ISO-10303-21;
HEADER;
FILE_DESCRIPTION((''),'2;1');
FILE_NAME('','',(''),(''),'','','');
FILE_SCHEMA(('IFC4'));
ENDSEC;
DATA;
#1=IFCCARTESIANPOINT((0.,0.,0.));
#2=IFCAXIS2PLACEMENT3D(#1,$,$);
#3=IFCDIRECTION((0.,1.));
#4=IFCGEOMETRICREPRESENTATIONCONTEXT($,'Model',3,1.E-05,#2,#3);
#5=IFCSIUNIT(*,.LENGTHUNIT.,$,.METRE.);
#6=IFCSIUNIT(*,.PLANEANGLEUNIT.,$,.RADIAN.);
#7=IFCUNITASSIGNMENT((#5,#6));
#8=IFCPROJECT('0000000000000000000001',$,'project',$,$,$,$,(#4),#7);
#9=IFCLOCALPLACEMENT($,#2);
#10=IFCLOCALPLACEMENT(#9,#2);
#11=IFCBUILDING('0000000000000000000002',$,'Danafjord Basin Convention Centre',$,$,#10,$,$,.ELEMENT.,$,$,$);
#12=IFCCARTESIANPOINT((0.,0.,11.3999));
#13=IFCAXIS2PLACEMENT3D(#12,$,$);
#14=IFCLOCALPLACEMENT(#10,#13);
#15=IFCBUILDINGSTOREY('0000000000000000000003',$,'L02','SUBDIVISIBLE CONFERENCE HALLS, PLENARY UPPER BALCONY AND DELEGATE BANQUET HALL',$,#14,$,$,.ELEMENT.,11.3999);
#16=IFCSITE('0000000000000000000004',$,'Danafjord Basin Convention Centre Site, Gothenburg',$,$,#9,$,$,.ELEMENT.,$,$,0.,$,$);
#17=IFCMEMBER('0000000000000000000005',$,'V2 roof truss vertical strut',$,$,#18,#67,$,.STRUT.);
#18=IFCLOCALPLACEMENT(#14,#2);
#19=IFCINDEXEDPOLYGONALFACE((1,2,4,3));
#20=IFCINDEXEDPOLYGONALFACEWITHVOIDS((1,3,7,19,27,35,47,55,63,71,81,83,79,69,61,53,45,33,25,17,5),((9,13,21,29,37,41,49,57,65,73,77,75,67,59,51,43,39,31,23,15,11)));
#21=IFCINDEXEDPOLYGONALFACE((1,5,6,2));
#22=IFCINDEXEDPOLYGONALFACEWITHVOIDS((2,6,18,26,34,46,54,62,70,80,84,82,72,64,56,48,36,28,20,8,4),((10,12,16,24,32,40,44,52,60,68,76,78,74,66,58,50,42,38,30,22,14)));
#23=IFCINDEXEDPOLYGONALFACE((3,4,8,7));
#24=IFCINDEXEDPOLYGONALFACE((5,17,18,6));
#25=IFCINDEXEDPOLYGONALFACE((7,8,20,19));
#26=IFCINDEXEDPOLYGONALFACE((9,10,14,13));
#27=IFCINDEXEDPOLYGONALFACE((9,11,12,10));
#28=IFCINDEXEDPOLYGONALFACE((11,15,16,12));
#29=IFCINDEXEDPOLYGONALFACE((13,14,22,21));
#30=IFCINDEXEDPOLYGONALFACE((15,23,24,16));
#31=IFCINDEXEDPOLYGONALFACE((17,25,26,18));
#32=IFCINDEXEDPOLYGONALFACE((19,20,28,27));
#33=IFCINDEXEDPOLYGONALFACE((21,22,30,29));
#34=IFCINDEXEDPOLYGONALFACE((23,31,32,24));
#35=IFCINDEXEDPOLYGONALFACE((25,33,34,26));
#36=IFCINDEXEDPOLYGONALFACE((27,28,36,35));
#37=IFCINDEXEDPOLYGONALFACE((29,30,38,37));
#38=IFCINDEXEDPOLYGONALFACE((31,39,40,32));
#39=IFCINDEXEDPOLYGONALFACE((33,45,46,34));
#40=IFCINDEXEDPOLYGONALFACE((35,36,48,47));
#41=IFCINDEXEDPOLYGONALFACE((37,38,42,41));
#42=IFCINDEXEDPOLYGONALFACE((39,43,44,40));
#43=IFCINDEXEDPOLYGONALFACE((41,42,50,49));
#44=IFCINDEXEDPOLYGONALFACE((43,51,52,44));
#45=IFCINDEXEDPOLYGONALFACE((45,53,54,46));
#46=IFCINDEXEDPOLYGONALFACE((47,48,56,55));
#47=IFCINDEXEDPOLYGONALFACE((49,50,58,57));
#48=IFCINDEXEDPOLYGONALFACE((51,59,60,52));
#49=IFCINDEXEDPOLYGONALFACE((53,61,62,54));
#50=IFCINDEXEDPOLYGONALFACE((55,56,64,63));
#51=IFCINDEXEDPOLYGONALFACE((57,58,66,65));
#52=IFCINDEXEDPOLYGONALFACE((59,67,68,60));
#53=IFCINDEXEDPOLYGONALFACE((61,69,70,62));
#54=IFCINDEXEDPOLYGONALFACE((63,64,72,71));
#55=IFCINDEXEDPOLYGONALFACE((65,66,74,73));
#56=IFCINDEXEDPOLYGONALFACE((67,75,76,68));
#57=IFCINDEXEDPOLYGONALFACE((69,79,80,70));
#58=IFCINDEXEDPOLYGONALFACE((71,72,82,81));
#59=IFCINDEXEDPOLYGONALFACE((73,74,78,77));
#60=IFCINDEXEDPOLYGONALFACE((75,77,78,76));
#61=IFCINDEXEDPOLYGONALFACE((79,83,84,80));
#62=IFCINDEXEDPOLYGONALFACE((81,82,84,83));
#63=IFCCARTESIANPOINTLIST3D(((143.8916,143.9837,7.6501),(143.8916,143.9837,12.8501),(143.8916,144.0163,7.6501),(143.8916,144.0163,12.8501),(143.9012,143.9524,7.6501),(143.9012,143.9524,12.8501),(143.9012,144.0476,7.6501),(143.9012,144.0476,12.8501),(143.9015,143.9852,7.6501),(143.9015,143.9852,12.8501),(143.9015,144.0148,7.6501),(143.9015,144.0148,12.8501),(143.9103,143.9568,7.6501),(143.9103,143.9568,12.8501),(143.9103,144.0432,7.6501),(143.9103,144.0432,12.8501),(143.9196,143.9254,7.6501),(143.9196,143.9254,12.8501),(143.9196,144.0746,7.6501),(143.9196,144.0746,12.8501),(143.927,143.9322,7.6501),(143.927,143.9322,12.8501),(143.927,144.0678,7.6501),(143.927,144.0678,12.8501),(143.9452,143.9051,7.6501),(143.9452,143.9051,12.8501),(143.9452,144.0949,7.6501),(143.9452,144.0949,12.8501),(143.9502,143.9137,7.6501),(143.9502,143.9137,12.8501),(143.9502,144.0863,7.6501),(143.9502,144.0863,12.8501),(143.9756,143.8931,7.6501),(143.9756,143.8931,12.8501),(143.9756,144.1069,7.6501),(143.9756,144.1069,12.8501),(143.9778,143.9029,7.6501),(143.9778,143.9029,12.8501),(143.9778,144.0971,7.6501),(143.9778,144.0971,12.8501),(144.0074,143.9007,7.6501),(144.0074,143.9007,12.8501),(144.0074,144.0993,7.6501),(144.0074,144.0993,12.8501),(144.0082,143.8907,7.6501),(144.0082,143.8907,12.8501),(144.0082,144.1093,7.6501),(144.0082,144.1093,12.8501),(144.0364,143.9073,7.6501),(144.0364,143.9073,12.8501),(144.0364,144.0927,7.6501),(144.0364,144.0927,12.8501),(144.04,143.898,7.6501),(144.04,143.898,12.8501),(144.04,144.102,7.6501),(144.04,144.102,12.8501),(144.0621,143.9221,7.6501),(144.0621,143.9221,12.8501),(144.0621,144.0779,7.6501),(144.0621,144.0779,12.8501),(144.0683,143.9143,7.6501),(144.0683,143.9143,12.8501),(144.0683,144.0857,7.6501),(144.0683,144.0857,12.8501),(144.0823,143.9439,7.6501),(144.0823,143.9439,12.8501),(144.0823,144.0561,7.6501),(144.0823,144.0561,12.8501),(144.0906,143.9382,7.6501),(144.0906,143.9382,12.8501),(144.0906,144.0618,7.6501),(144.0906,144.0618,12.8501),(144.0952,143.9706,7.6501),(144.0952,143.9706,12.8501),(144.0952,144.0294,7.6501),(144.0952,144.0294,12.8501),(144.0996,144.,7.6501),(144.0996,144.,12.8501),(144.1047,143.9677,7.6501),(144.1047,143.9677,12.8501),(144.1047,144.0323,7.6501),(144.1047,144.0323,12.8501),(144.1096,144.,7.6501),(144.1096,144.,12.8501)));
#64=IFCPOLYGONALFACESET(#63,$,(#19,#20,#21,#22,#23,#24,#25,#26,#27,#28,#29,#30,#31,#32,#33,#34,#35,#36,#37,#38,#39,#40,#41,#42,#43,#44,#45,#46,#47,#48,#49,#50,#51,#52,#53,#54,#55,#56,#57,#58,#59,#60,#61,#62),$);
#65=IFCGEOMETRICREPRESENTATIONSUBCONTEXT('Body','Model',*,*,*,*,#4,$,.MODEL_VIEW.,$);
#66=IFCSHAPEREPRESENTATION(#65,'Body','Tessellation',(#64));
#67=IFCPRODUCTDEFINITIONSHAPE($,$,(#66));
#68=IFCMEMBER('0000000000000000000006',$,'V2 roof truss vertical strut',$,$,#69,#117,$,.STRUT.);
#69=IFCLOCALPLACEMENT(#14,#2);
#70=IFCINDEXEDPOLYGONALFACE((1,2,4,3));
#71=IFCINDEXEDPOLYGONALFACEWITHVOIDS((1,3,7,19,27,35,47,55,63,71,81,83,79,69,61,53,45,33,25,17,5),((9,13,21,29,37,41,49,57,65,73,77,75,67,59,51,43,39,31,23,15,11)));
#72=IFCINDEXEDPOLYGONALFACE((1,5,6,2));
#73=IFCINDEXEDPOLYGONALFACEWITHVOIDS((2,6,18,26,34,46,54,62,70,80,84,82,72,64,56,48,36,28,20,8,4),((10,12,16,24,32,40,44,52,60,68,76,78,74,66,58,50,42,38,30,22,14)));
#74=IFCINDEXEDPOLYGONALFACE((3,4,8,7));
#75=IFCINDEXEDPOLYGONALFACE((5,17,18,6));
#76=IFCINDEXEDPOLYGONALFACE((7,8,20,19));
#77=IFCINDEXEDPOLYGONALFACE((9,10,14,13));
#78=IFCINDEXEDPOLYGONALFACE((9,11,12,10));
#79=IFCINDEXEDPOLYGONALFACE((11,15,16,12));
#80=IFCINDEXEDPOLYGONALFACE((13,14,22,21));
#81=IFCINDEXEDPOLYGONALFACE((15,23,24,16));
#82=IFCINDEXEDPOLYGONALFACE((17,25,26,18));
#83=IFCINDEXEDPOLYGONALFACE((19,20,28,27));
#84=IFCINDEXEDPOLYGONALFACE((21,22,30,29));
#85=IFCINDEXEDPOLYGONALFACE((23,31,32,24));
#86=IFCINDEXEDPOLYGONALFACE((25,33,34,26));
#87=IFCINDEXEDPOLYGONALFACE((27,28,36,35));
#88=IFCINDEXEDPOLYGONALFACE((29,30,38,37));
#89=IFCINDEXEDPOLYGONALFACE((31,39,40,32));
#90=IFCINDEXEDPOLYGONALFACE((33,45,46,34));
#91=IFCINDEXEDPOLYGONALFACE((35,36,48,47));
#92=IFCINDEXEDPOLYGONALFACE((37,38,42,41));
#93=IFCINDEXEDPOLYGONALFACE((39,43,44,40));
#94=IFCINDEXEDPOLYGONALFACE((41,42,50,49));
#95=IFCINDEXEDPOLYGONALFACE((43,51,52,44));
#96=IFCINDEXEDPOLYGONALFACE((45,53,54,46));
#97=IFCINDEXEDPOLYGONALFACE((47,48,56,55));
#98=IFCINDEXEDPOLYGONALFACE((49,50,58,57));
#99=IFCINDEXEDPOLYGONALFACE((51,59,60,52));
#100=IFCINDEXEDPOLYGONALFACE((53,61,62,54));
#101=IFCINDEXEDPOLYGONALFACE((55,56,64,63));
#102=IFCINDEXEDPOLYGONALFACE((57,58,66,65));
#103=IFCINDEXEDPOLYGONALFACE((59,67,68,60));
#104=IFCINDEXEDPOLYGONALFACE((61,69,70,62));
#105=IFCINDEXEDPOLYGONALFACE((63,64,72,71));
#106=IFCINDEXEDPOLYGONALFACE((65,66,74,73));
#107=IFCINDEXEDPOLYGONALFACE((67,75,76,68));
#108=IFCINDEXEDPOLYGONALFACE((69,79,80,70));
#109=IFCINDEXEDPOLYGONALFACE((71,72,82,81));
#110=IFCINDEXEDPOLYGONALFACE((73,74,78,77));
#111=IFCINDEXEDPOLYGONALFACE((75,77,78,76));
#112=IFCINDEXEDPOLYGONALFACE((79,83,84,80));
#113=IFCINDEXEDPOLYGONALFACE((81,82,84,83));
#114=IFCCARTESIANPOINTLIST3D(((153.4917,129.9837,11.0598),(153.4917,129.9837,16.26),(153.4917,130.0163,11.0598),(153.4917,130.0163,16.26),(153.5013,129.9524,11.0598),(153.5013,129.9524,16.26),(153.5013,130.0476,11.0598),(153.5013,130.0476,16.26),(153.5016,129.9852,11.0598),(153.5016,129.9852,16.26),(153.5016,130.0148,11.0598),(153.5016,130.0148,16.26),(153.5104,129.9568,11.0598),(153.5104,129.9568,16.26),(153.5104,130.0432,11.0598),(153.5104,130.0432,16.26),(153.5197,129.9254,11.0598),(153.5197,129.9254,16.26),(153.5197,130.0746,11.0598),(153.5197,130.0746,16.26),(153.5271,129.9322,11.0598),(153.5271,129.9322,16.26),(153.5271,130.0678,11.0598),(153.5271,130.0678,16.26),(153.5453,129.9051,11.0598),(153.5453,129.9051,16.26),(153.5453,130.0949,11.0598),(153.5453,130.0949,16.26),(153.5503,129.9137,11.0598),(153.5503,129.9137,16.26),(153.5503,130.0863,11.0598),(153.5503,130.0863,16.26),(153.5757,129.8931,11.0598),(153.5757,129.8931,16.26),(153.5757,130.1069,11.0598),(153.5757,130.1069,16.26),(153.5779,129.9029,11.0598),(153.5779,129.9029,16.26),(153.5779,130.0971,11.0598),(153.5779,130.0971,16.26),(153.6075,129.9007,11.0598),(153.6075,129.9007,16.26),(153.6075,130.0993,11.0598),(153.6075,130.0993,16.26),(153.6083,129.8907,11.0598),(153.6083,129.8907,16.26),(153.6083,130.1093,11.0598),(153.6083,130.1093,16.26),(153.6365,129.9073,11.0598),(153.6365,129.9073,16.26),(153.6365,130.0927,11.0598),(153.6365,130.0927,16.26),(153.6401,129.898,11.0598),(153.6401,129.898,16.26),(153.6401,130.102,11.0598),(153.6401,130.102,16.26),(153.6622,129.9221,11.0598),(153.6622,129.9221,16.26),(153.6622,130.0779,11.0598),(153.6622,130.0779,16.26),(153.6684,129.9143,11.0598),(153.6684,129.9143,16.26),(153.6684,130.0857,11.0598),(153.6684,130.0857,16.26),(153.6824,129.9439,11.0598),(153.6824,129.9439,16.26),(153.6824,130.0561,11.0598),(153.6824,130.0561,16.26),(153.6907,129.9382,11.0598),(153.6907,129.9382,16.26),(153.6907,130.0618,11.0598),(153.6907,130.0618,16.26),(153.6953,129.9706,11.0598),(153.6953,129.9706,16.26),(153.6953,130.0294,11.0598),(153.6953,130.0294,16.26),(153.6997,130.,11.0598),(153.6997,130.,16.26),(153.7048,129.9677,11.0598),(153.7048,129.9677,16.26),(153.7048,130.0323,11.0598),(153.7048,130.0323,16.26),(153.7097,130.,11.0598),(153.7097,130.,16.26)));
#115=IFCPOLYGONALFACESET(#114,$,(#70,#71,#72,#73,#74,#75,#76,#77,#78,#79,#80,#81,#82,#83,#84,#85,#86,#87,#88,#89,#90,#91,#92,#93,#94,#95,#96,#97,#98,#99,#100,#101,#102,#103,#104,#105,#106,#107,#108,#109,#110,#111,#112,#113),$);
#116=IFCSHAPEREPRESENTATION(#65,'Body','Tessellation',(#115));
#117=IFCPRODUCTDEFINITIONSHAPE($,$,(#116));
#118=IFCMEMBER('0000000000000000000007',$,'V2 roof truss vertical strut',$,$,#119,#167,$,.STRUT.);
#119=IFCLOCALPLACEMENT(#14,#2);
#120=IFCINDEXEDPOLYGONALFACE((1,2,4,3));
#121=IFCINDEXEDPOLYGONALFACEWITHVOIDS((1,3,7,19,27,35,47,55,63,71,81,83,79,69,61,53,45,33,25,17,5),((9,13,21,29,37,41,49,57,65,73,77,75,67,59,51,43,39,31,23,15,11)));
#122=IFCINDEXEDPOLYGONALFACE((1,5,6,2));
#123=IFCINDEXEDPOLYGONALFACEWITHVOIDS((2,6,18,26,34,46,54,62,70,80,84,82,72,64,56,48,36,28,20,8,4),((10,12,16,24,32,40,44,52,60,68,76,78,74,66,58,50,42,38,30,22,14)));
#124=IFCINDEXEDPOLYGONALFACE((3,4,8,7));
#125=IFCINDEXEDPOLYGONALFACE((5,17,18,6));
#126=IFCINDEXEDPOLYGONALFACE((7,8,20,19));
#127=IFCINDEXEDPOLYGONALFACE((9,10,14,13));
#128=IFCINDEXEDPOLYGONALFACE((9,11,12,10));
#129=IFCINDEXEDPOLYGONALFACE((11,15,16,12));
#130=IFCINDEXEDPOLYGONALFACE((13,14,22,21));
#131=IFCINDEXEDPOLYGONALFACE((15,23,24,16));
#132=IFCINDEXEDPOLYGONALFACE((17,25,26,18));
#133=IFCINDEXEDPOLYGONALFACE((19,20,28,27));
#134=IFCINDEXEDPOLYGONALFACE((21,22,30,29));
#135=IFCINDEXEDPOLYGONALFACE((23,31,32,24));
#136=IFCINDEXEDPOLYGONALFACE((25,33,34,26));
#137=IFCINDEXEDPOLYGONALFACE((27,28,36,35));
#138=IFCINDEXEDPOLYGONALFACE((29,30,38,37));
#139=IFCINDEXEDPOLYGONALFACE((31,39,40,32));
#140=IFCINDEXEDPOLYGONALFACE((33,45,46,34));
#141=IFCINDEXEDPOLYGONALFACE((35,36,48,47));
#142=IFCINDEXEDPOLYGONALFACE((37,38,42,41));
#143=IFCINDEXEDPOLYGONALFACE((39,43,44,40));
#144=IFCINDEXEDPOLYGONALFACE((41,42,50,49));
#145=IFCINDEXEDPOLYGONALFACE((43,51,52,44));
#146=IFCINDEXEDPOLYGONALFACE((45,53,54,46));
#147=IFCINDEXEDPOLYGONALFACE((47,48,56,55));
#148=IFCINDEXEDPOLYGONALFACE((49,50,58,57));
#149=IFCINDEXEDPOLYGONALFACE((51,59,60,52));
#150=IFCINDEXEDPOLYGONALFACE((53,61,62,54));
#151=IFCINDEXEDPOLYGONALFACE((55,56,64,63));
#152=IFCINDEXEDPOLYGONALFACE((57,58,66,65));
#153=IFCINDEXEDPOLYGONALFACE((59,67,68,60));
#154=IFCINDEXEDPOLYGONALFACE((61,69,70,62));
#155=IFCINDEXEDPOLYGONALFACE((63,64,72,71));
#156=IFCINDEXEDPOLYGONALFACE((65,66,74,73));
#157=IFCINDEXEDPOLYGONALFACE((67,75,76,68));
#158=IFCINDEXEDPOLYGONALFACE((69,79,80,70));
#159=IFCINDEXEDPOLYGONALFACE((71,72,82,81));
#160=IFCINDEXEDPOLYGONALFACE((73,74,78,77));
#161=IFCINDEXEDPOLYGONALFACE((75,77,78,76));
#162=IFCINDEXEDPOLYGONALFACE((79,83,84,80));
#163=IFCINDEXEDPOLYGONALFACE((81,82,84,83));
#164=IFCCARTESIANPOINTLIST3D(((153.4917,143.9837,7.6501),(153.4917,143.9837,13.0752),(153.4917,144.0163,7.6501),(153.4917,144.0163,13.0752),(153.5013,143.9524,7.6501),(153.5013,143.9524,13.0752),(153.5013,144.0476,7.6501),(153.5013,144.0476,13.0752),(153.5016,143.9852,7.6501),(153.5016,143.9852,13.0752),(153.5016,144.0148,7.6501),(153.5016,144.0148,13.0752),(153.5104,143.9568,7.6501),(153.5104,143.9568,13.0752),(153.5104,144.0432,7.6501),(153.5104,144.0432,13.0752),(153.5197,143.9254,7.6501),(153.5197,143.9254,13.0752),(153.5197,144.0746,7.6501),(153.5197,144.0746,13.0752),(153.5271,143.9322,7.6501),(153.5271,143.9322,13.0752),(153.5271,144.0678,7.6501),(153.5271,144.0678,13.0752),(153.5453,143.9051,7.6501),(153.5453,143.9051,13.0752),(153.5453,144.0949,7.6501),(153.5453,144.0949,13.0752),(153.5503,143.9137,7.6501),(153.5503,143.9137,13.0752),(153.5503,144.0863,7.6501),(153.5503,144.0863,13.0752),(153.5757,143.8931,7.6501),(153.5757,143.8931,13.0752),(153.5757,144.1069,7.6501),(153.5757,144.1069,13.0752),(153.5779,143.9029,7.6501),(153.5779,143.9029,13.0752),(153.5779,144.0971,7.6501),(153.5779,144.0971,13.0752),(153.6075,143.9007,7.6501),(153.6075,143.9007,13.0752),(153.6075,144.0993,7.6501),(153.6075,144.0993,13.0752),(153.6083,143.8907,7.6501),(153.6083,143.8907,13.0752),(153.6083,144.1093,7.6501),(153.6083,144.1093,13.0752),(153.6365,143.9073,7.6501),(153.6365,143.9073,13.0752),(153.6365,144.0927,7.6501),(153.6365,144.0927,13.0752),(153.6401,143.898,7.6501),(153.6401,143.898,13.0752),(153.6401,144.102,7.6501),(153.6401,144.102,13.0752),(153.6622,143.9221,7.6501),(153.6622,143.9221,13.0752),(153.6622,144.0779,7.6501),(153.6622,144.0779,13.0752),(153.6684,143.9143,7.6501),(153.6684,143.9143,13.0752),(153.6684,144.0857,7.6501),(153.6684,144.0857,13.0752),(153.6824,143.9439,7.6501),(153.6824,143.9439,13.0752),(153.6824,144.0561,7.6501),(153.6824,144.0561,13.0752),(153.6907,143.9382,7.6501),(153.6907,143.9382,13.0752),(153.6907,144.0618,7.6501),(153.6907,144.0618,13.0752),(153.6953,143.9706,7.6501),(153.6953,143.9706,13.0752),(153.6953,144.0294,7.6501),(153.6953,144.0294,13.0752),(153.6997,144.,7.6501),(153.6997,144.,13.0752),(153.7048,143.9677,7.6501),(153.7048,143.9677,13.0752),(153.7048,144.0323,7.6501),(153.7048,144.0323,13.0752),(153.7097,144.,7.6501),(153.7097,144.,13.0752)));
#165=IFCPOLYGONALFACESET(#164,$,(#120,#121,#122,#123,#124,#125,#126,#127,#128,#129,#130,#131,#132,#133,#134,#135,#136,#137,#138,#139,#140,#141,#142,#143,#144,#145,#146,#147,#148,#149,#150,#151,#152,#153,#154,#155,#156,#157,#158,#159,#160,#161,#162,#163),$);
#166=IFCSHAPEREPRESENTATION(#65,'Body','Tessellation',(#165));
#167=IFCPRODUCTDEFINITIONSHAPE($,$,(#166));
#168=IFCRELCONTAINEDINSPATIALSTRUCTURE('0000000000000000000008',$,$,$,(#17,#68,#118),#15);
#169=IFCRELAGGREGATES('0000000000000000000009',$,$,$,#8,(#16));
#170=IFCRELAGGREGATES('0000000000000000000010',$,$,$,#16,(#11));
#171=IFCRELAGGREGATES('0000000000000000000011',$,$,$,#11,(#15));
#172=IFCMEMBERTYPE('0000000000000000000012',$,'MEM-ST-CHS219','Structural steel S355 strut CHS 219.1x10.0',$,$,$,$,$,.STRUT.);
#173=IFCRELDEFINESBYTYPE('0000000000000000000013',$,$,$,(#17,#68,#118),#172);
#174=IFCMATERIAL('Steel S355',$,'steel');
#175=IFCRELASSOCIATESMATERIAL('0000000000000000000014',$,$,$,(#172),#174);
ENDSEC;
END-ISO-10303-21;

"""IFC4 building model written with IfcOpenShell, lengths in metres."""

from ifc_helpers import new_model, si_unit, direction, frame, origin, origin_2d, place, context, subcontext, project, spatial, hollow_circle, extrude, material, material_profile, profile_set, type_object, element, save


model = new_model("IFC4")

# Units and contexts
model_context = context("Model", 3, precision=1e-05, world=origin(), true_north=direction((0.0, 1.0)))
body_context = subcontext(model_context, "Body", "Model", "MODEL_VIEW")
ifc_project = project(units=[si_unit("LENGTHUNIT", "METRE"), si_unit("PLANEANGLEUNIT", "RADIAN")], contexts=[model_context])

# Site, building, storey
site_placement = place(None, origin())
site = spatial("IfcSite", under=ifc_project, at=site_placement, Name="Danafjord Basin Convention Centre Site, Gothenburg", CompositionType="ELEMENT", RefElevation=0.0)
building_placement = place(site_placement, origin())
building = spatial("IfcBuilding", under=site, at=building_placement, Name="Danafjord Basin Convention Centre", CompositionType="ELEMENT")
storey_placement = place(building_placement, frame((0.0, 0.0, 11.3999)))
storey = spatial("IfcBuildingStorey", under=building, at=storey_placement, Name="L02", Description="SUBDIVISIBLE CONFERENCE HALLS, PLENARY UPPER BALCONY AND DELEGATE BANQUET HALL", CompositionType="ELEMENT", Elevation=11.3999)

# Shared definitions
ifc_material = material(Name="Steel S355", Category="steel")

# Members
ifc_material_profile_1 = material_profile(ifc_material, hollow_circle(Radius=0.1096, WallThickness=0.01, at=origin_2d()), Name="CHS 219.1x10.0")
ifc_profile_set_1 = profile_set([ifc_material_profile_1], Name="Steel S355")
member_type_1 = type_object("IfcMemberType", Name="MEM-ST-CHS219", Description="Structural steel S355 strut CHS 219.1x10.0", PredefinedType="STRUT", material=ifc_profile_set_1)
member_1_placement = place(storey_placement, frame((144.0, 144.0, 7.6501), z_axis=(0.0, 0.0, 1.0), x_axis=(1.0, 0.0, 0.0)))
element("IfcMember", 1, at=member_1_placement, inside=storey, type_object=member_type_1, Name="V2 roof truss vertical strut", PredefinedType="STRUT", context=body_context, shape_type="SweptSolid", body=[
    extrude(hollow_circle(Radius=0.1096, WallThickness=0.01, at=origin_2d()), origin(), (0.0, 0.0, 1.0), 5.2),
])
member_2_placement = place(storey_placement, frame((153.6001, 130.0, 11.0598), z_axis=(0.0, 0.0, 1.0), x_axis=(1.0, 0.0, 0.0)))
element("IfcMember", 2, at=member_2_placement, inside=storey, type_object=member_type_1, Name="V2 roof truss vertical strut", PredefinedType="STRUT", context=body_context, shape_type="SweptSolid", body=[
    extrude(hollow_circle(Radius=0.1096, WallThickness=0.01, at=origin_2d()), origin(), (0.0, 0.0, 1.0), 5.2002),
])
member_3_placement = place(storey_placement, frame((153.6001, 144.0, 7.6501), z_axis=(0.0, 0.0, 1.0), x_axis=(1.0, 0.0, 0.0)))
element("IfcMember", 3, at=member_3_placement, inside=storey, type_object=member_type_1, Name="V2 roof truss vertical strut", PredefinedType="STRUT", context=body_context, shape_type="SweptSolid", body=[
    extrude(hollow_circle(Radius=0.1096, WallThickness=0.01, at=origin_2d()), origin(), (0.0, 0.0, 1.0), 5.425),
])

save(model, "model.ifc")
